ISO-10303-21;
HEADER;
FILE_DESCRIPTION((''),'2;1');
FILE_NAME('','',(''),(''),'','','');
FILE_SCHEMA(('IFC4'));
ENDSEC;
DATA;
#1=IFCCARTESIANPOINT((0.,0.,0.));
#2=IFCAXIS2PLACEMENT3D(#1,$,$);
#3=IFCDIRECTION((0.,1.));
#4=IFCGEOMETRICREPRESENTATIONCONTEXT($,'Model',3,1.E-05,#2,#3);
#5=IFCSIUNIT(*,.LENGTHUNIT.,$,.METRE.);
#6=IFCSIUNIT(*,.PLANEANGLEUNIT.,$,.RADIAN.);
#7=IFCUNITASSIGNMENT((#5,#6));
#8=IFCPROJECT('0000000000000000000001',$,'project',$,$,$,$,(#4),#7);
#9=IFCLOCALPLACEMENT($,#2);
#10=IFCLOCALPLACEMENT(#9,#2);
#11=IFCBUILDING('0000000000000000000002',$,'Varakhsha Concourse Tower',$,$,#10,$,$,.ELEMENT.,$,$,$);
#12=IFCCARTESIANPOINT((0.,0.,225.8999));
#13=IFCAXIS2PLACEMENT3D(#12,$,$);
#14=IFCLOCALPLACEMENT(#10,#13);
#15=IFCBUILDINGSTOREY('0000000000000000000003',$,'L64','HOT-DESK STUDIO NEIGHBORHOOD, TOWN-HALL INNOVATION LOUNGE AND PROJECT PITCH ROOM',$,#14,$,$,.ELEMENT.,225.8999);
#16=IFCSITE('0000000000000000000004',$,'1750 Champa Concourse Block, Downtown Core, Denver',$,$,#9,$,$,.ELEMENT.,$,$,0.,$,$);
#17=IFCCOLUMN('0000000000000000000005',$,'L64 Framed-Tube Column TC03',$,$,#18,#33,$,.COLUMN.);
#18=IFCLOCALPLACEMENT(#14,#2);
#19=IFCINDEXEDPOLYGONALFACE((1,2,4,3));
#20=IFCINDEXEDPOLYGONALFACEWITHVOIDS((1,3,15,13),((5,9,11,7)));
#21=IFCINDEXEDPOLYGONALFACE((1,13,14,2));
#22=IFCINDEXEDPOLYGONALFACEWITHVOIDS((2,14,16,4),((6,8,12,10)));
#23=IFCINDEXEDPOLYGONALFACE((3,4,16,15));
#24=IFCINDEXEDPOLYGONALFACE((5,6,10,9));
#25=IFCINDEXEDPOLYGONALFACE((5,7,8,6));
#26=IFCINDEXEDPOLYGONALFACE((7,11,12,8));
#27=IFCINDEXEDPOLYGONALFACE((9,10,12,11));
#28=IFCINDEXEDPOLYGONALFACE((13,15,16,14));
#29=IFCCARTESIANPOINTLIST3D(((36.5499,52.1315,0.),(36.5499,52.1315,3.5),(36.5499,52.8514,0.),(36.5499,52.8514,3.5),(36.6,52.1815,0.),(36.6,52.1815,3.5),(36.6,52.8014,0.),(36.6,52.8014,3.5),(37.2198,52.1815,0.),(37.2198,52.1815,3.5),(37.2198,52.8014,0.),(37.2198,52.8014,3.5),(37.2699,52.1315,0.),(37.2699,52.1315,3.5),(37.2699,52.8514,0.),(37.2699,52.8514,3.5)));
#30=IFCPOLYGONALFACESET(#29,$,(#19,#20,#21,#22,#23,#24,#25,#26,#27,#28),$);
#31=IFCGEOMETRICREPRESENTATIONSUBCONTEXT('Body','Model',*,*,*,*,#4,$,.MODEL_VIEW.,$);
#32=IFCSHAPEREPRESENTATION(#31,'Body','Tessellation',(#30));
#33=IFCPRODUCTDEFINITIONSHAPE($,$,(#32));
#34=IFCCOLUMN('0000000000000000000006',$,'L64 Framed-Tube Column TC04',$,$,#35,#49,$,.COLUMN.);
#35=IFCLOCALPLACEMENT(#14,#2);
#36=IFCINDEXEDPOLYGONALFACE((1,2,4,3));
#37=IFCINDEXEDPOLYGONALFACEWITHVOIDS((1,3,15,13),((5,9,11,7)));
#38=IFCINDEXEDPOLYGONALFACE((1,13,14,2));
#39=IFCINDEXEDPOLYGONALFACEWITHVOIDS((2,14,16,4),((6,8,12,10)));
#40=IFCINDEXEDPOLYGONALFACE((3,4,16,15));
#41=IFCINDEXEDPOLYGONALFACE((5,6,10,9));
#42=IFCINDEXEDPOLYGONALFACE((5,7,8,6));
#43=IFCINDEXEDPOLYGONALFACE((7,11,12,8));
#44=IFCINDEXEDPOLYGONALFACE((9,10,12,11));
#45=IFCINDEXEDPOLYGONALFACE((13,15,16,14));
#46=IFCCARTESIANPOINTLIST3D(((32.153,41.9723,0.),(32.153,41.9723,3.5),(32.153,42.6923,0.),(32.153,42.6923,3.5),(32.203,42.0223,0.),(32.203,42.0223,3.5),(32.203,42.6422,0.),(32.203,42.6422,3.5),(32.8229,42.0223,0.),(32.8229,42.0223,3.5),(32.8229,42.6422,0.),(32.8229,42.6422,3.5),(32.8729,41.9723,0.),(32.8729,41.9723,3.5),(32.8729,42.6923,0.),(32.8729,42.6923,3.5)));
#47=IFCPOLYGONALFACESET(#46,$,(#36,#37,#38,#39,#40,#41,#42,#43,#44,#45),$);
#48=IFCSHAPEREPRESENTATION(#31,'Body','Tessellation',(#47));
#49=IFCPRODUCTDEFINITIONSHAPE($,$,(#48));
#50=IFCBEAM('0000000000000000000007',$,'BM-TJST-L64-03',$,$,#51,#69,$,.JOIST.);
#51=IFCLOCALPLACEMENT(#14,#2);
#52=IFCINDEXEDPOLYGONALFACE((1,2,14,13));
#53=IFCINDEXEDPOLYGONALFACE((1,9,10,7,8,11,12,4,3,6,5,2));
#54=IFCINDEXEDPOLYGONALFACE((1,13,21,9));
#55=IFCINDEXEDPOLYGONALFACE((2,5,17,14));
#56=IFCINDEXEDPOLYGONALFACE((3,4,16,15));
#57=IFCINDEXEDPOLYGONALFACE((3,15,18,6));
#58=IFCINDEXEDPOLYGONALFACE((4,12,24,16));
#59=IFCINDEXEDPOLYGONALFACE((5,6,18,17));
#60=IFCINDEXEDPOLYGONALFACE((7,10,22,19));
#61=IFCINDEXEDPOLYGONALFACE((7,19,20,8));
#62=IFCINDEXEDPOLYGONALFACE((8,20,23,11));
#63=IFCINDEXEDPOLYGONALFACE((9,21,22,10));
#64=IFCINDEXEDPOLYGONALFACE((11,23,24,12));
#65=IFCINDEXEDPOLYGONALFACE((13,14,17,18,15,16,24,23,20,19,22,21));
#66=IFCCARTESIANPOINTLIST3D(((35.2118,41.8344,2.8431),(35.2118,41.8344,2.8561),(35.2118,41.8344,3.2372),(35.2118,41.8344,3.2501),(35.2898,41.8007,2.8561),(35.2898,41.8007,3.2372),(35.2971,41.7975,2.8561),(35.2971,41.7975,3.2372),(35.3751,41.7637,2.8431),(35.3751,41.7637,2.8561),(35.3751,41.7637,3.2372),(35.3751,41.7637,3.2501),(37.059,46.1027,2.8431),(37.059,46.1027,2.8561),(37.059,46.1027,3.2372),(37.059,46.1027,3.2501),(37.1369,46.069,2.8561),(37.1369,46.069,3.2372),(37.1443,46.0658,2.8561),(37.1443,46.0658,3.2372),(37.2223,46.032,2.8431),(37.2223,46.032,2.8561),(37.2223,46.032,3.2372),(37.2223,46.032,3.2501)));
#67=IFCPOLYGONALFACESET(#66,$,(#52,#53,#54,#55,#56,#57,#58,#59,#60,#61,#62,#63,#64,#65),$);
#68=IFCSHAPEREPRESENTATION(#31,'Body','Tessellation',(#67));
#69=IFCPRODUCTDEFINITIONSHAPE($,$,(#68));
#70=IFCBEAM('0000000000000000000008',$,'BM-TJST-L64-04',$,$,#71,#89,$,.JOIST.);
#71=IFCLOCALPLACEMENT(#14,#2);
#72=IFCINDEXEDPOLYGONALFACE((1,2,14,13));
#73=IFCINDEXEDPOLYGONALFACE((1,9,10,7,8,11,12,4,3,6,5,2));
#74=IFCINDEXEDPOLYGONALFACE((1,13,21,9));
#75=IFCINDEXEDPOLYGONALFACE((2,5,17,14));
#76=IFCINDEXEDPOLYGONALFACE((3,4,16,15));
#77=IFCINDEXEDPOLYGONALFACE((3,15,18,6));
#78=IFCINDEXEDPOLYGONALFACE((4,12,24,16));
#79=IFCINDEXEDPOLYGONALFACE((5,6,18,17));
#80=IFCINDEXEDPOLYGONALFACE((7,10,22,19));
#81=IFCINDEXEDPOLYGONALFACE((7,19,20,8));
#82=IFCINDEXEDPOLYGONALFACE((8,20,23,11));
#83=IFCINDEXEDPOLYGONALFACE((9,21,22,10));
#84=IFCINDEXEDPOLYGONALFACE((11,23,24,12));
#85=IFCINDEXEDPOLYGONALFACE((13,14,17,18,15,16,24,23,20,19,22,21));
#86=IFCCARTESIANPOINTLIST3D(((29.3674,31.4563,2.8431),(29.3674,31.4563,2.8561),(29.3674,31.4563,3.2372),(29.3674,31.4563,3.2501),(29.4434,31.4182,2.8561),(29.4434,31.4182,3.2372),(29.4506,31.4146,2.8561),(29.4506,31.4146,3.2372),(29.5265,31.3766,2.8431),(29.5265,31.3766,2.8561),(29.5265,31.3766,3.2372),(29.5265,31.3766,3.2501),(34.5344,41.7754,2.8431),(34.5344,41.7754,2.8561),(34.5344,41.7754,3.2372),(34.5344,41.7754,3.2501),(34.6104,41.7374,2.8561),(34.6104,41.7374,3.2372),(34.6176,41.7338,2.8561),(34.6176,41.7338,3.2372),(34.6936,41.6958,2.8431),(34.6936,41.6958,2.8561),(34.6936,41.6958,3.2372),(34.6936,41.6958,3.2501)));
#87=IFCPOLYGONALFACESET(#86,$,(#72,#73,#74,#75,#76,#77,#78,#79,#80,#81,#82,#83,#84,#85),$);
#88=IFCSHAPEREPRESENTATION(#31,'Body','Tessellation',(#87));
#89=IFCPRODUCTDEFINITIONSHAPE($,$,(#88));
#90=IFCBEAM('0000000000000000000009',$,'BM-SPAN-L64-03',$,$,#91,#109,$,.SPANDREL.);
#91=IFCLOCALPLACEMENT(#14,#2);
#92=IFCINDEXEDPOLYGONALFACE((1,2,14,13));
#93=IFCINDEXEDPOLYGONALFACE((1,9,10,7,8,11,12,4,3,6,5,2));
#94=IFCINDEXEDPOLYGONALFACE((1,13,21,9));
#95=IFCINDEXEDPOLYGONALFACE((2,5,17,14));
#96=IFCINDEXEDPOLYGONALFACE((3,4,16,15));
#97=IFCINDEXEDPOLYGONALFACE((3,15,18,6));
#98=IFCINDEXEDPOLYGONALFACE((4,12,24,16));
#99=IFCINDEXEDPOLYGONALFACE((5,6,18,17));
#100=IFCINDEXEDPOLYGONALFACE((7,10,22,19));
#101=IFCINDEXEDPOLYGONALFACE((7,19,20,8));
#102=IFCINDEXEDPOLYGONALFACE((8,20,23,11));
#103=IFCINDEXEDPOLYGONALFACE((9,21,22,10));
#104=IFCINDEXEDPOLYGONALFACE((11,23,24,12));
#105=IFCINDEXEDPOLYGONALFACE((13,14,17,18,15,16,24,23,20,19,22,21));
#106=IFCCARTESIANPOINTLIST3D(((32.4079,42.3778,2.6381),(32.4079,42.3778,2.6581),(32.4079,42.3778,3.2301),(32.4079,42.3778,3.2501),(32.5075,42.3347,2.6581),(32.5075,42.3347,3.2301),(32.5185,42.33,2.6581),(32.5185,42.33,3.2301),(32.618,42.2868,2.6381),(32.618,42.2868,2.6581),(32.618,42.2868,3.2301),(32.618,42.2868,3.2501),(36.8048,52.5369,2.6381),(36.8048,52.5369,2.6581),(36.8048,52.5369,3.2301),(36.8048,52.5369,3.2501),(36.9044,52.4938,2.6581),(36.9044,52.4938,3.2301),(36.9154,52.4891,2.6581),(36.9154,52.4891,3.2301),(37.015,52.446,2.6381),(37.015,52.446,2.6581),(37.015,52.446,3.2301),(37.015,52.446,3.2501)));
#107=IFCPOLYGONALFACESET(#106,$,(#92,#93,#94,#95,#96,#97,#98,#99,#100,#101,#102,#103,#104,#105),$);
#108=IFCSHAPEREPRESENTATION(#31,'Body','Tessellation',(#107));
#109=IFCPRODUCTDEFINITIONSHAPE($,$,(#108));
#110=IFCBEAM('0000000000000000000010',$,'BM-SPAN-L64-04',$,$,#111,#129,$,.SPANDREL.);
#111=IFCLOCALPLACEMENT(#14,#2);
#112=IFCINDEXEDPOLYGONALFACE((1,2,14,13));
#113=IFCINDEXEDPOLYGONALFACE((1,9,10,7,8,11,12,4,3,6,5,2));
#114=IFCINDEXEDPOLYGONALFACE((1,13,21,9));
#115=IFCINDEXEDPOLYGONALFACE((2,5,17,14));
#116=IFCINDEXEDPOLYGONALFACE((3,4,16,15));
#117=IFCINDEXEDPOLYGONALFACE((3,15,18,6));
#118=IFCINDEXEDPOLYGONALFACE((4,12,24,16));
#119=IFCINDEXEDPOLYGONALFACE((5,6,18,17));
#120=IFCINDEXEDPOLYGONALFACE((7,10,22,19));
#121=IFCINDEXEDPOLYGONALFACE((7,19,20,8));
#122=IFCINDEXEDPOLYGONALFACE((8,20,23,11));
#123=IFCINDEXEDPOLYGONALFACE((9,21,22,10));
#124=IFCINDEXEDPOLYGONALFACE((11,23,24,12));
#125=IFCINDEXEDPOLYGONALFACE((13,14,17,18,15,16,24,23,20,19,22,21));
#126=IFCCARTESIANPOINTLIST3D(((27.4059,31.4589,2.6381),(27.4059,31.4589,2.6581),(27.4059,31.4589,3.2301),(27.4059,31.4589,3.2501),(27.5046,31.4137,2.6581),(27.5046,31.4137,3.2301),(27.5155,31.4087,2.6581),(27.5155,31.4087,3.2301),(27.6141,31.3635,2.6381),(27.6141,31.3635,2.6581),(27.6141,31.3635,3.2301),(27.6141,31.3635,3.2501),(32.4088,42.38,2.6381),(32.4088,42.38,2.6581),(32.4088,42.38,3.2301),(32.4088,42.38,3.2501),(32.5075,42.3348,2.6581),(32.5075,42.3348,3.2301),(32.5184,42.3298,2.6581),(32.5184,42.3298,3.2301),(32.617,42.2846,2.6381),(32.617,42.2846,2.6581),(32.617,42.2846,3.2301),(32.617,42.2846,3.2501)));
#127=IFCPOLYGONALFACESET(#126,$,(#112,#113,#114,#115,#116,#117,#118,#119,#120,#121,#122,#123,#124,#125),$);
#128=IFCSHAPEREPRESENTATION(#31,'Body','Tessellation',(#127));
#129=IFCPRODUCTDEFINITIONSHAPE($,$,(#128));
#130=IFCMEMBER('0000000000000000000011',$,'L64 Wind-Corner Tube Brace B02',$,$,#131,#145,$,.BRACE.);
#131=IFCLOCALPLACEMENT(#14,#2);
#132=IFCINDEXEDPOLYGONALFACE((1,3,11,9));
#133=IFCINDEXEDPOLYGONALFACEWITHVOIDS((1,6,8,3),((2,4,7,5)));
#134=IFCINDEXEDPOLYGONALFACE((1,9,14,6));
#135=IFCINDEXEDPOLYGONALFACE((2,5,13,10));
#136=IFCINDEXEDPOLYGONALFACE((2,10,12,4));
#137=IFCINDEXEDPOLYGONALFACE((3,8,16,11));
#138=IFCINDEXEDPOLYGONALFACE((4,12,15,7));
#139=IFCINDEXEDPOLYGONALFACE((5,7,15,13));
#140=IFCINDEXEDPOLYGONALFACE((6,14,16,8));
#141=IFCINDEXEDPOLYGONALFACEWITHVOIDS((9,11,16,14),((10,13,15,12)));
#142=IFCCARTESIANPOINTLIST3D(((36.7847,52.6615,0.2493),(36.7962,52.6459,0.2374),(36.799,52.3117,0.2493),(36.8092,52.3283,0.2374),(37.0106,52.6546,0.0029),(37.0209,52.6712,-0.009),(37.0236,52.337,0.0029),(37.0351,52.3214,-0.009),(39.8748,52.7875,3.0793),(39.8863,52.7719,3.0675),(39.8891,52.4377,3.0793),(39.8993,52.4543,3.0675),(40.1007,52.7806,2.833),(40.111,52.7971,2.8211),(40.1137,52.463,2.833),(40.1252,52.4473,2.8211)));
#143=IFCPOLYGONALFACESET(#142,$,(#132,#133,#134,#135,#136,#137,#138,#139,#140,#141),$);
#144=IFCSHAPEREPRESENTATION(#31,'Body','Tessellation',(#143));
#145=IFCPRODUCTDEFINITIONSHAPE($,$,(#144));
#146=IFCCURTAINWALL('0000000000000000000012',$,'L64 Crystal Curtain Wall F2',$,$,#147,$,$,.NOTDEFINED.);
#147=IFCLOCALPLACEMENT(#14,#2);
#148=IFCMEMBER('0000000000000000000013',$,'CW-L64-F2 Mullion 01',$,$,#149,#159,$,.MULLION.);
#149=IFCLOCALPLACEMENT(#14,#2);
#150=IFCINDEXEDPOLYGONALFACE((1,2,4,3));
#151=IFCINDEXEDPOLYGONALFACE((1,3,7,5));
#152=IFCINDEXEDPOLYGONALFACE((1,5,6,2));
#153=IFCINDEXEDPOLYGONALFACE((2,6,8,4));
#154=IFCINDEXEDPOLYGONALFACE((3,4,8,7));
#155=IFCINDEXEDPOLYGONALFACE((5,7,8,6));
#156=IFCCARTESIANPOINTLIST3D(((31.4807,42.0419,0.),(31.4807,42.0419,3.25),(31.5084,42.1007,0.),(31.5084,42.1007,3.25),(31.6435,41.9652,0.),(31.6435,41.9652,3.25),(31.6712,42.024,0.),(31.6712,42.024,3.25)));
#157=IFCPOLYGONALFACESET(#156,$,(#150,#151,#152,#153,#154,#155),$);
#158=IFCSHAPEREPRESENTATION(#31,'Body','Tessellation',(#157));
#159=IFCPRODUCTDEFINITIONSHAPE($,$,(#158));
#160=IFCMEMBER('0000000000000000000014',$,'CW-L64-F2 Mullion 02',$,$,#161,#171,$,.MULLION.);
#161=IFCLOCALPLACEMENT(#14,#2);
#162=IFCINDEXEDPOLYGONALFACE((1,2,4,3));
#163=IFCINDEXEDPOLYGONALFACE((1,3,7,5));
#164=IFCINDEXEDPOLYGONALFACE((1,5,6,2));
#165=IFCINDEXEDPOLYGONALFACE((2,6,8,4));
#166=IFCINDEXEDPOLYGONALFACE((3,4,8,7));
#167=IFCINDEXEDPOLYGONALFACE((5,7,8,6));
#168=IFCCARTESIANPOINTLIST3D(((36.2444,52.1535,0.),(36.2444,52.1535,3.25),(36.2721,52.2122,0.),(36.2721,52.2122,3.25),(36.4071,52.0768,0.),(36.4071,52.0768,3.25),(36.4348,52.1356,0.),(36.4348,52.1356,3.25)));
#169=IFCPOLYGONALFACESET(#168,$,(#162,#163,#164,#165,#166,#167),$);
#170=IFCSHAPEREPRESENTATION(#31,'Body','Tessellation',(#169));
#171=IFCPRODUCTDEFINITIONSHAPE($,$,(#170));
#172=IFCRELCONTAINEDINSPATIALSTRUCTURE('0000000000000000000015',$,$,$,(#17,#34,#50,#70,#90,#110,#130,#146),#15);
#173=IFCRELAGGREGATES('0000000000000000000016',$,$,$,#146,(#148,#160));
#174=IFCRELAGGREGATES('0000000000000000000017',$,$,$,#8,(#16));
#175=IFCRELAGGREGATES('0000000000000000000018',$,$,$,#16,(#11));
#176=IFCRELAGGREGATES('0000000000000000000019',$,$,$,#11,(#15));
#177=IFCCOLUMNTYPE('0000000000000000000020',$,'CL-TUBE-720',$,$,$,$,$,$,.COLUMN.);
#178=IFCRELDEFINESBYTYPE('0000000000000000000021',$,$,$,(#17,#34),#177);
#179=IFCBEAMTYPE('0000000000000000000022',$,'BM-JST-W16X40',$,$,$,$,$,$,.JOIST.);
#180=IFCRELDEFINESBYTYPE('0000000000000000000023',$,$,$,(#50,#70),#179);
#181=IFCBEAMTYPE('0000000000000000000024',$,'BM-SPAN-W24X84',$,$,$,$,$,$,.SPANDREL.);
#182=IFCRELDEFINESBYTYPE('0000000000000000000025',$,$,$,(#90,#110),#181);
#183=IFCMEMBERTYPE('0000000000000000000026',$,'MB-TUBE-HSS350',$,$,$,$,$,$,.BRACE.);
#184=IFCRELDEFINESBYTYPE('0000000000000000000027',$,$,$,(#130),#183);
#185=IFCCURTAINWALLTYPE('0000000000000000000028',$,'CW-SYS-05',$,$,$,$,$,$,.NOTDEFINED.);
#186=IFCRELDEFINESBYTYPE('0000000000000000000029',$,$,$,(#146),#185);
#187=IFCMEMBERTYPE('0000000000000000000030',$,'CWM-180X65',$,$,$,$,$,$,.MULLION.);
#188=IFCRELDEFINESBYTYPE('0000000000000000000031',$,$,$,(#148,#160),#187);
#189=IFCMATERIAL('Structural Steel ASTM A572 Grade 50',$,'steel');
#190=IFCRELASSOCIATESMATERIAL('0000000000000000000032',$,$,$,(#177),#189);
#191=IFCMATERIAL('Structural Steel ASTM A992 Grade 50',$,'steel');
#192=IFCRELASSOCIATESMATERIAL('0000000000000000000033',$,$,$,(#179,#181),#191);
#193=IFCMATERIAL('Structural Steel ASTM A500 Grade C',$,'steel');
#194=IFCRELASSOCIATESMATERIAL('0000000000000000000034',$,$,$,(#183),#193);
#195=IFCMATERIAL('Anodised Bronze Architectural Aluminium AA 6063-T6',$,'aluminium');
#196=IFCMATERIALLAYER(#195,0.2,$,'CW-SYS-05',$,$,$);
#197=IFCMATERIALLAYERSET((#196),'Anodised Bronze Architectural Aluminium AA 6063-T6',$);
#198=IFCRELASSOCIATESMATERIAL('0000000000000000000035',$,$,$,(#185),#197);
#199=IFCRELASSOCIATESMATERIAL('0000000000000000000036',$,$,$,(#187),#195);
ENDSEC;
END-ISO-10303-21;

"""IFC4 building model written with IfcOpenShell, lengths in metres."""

from ifc_helpers import new_model, si_unit, direction, frame, origin, origin_2d, place, context, subcontext, project, spatial, rectangle, hollow_rectangle, i_section, extrude, source, transform, mapped, material, layer, layer_set, material_profile, profile_set, type_object, type_shapes, element, aggregate, save


model = new_model("IFC4")

# Units and contexts
model_context = context("Model", 3, precision=1e-05, world=origin(), true_north=direction((0.0, 1.0)))
body_context = subcontext(model_context, "Body", "Model", "MODEL_VIEW")
ifc_project = project(units=[si_unit("LENGTHUNIT", "METRE"), si_unit("PLANEANGLEUNIT", "RADIAN")], contexts=[model_context])

# Site, building, storey
site_placement = place(None, origin())
site = spatial("IfcSite", under=ifc_project, at=site_placement, Name="1750 Champa Concourse Block, Downtown Core, Denver", CompositionType="ELEMENT", RefElevation=0.0)
building_placement = place(site_placement, origin())
building = spatial("IfcBuilding", under=site, at=building_placement, Name="Varakhsha Concourse Tower", CompositionType="ELEMENT")
storey_placement = place(building_placement, frame((0.0, 0.0, 225.8999)))
storey = spatial("IfcBuildingStorey", under=building, at=storey_placement, Name="L64", Description="HOT-DESK STUDIO NEIGHBORHOOD, TOWN-HALL INNOVATION LOUNGE AND PROJECT PITCH ROOM", CompositionType="ELEMENT", Elevation=225.8999)

# Columns
ifc_material_1 = material(Name="Structural Steel ASTM A572 Grade 50", Category="steel")
ifc_material_profile_1 = material_profile(ifc_material_1, hollow_rectangle(XDim=0.72, YDim=0.72, WallThickness=0.05, at=origin_2d()), Name="BOX 720x720x50")
ifc_profile_set_1 = profile_set([ifc_material_profile_1], Name="Structural Steel ASTM A572 Grade 50")
column_type = type_object("IfcColumnType", Name="CL-TUBE-720", PredefinedType="COLUMN", material=ifc_profile_set_1)
for number, where, z_axis, x_axis, name in (
    (1, (36.9099, 52.4915, 0.0), (0.0, 0.0, 1.0), (1.0, 0.0, 0.0), "L64 Framed-Tube Column TC03"),
    (2, (32.5129, 42.3323, 0.0), (0.0, 0.0, 1.0), (1.0, 0.0, 0.0), "L64 Framed-Tube Column TC04"),
):
    element("IfcColumn", number, at=place(storey_placement, frame(where, z_axis=z_axis, x_axis=x_axis)), inside=storey, type_object=column_type, Name=name, PredefinedType="COLUMN", context=body_context, shape_type="SweptSolid", body=[
        extrude(hollow_rectangle(XDim=0.72, YDim=0.72, WallThickness=0.05, at=origin_2d()), origin(), (0.0, 0.0, 1.0), 3.5),
    ])

# Beams
ifc_material_2 = material(Name="Structural Steel ASTM A992 Grade 50", Category="steel")
ifc_material_profile_2 = material_profile(ifc_material_2, i_section(OverallWidth=0.178, OverallDepth=0.407, WebThickness=0.0081, FlangeThickness=0.0129, at=origin_2d()), Name="W16X40")
ifc_profile_set_2 = profile_set([ifc_material_profile_2], Name="Structural Steel ASTM A992 Grade 50")
beam_type_1 = type_object("IfcBeamType", Name="BM-JST-W16X40", PredefinedType="JOIST", material=ifc_profile_set_2)
beam_1_placement = place(storey_placement, frame((37.1406, 46.0674, 3.0466), z_axis=(-0.397167, -0.917746, 0.0), x_axis=(0.917746, -0.397167, 0.0)))
element("IfcBeam", 3, at=beam_1_placement, inside=storey, type_object=beam_type_1, Name="BM-TJST-L64-03", PredefinedType="JOIST", context=body_context, shape_type="SweptSolid", body=[
    extrude(i_section(OverallWidth=0.178, OverallDepth=0.407, WebThickness=0.0081, FlangeThickness=0.0129, at=origin_2d()), origin(), (0.0, 0.0, 1.0), 4.6509),
])
beam_2_placement = place(storey_placement, frame((34.614, 41.7356, 3.0466), z_axis=(-0.44773, -0.894169, 0.0), x_axis=(0.894169, -0.44773, 0.0)))
element("IfcBeam", 4, at=beam_2_placement, inside=storey, type_object=beam_type_1, Name="BM-TJST-L64-04", PredefinedType="JOIST", context=body_context, shape_type="SweptSolid", body=[
    extrude(i_section(OverallWidth=0.178, OverallDepth=0.407, WebThickness=0.0081, FlangeThickness=0.0129, at=origin_2d()), origin(), (0.0, 0.0, 1.0), 11.5405),
])
ifc_material_profile_3 = material_profile(ifc_material_2, i_section(OverallWidth=0.229, OverallDepth=0.6121, WebThickness=0.012, FlangeThickness=0.02, at=origin_2d()), Name="W24X84")
ifc_profile_set_3 = profile_set([ifc_material_profile_3], Name="Structural Steel ASTM A992 Grade 50")
beam_type_2 = type_object("IfcBeamType", Name="BM-SPAN-W24X84", PredefinedType="SPANDREL", material=ifc_profile_set_3)
beam_3_placement = place(storey_placement, frame((36.9099, 52.4915, 2.9441), z_axis=(-0.397201, -0.917731, 0.0), x_axis=(0.917731, -0.397201, 0.0)))
element("IfcBeam", 5, at=beam_3_placement, inside=storey, type_object=beam_type_2, Name="BM-SPAN-L64-03", PredefinedType="SPANDREL", context=body_context, shape_type="SweptSolid", body=[
    extrude(i_section(OverallWidth=0.229, OverallDepth=0.6121, WebThickness=0.012, FlangeThickness=0.02, at=origin_2d()), origin(), (0.0, 0.0, 1.0), 11.0698),
])
beam_4_placement = place(storey_placement, frame((32.5129, 42.3323, 2.9441), z_axis=(-0.416476, -0.909147, 0.0), x_axis=(0.909147, -0.416476, 0.0)))
element("IfcBeam", 6, at=beam_4_placement, inside=storey, type_object=beam_type_2, Name="BM-SPAN-L64-04", PredefinedType="SPANDREL", context=body_context, shape_type="SweptSolid", body=[
    extrude(i_section(OverallWidth=0.229, OverallDepth=0.6121, WebThickness=0.012, FlangeThickness=0.02, at=origin_2d()), origin(), (0.0, 0.0, 1.0), 12.0125),
])

# Member
ifc_material_3 = material(Name="Structural Steel ASTM A500 Grade C", Category="steel")
ifc_material_profile_4 = material_profile(ifc_material_3, hollow_rectangle(XDim=0.3501, YDim=0.3501, WallThickness=0.0161, at=origin_2d()), Name="HSS 350x350x16")
ifc_profile_set_4 = profile_set([ifc_material_profile_4], Name="Structural Steel ASTM A500 Grade C")
member_type_1 = type_object("IfcMemberType", Name="MB-TUBE-HSS350", PredefinedType="BRACE", material=ifc_profile_set_4)
shared_shape_1 = source(origin(), body_context, "Body", "SweptSolid", [
    extrude(hollow_rectangle(XDim=0.3501, YDim=0.3501, WallThickness=0.0161, at=origin_2d()), origin(), (0.0, 0.0, 1.0), 4.1921),
])
type_shapes(member_type_1, [shared_shape_1])
member_1_placement = place(storey_placement, frame((36.9099, 52.4915, 0.1201), z_axis=(0.737118, 0.030051, 0.675095), x_axis=(-0.040734, 0.99917, 0.0)))
element("IfcMember", 7, at=member_1_placement, inside=storey, type_object=member_type_1, Name="L64 Wind-Corner Tube Brace B02", PredefinedType="BRACE", context=body_context, shape_type="MappedRepresentation", body=[
    mapped(shared_shape_1, transform((0.0, 0.0, 0.0), scale=1.0)),
])

# Curtain wall, members
ifc_material_4 = material(Name="Anodised Bronze Architectural Aluminium AA 6063-T6", Category="aluminium")
ifc_layer_1 = layer(ifc_material_4, 0.2, Name="CW-SYS-05")
ifc_layer_set_1 = layer_set([ifc_layer_1], Name="Anodised Bronze Architectural Aluminium AA 6063-T6")
curtain_wall_type = type_object("IfcCurtainWallType", Name="CW-SYS-05", PredefinedType="NOTDEFINED", material=ifc_layer_set_1)
curtain_wall_placement = place(storey_placement, origin())
curtain_wall = element("IfcCurtainWall", 8, at=curtain_wall_placement, inside=storey, type_object=curtain_wall_type, Name="L64 Crystal Curtain Wall F2", PredefinedType="NOTDEFINED")
ifc_material_profile_5 = material_profile(ifc_material_4, rectangle(XDim=0.0649, YDim=0.1799, at=origin_2d()), Name="CWM-180X65")
ifc_profile_set_5 = profile_set([ifc_material_profile_5], Name="Anodised Bronze Architectural Aluminium AA 6063-T6")
member_type_2 = type_object("IfcMemberType", Name="CWM-180X65", PredefinedType="MULLION", material=ifc_profile_set_5)
shared_shape_2 = source(origin(), body_context, "Body", "SweptSolid", [
    extrude(rectangle(XDim=0.0649, YDim=0.1799, at=origin_2d()), origin(), (0.0, 0.0, 1.0), 3.25),
])
type_shapes(member_type_2, [shared_shape_2])
member_2_placement = place(storey_placement, frame((31.5759, 42.033, 0.0), z_axis=(0.0, 0.0, 1.0), x_axis=(0.426172, 0.904642, 0.0)))
member_2 = element("IfcMember", 9, at=member_2_placement, type_object=member_type_2, Name="CW-L64-F2 Mullion 01", PredefinedType="MULLION", context=body_context, shape_type="MappedRepresentation", body=[
    mapped(shared_shape_2, transform((0.0, 0.0, 0.0), scale=1.0)),
])
member_3_placement = place(storey_placement, frame((36.3396, 52.1445, 0.0), z_axis=(0.0, 0.0, 1.0), x_axis=(0.426172, 0.904642, 0.0)))
member_3 = element("IfcMember", 10, at=member_3_placement, type_object=member_type_2, Name="CW-L64-F2 Mullion 02", PredefinedType="MULLION", context=body_context, shape_type="MappedRepresentation", body=[
    mapped(shared_shape_2, transform((0.0, 0.0, 0.0), scale=1.0)),
])

aggregate(curtain_wall, [member_2, member_3])

save(model, "model.ifc")
